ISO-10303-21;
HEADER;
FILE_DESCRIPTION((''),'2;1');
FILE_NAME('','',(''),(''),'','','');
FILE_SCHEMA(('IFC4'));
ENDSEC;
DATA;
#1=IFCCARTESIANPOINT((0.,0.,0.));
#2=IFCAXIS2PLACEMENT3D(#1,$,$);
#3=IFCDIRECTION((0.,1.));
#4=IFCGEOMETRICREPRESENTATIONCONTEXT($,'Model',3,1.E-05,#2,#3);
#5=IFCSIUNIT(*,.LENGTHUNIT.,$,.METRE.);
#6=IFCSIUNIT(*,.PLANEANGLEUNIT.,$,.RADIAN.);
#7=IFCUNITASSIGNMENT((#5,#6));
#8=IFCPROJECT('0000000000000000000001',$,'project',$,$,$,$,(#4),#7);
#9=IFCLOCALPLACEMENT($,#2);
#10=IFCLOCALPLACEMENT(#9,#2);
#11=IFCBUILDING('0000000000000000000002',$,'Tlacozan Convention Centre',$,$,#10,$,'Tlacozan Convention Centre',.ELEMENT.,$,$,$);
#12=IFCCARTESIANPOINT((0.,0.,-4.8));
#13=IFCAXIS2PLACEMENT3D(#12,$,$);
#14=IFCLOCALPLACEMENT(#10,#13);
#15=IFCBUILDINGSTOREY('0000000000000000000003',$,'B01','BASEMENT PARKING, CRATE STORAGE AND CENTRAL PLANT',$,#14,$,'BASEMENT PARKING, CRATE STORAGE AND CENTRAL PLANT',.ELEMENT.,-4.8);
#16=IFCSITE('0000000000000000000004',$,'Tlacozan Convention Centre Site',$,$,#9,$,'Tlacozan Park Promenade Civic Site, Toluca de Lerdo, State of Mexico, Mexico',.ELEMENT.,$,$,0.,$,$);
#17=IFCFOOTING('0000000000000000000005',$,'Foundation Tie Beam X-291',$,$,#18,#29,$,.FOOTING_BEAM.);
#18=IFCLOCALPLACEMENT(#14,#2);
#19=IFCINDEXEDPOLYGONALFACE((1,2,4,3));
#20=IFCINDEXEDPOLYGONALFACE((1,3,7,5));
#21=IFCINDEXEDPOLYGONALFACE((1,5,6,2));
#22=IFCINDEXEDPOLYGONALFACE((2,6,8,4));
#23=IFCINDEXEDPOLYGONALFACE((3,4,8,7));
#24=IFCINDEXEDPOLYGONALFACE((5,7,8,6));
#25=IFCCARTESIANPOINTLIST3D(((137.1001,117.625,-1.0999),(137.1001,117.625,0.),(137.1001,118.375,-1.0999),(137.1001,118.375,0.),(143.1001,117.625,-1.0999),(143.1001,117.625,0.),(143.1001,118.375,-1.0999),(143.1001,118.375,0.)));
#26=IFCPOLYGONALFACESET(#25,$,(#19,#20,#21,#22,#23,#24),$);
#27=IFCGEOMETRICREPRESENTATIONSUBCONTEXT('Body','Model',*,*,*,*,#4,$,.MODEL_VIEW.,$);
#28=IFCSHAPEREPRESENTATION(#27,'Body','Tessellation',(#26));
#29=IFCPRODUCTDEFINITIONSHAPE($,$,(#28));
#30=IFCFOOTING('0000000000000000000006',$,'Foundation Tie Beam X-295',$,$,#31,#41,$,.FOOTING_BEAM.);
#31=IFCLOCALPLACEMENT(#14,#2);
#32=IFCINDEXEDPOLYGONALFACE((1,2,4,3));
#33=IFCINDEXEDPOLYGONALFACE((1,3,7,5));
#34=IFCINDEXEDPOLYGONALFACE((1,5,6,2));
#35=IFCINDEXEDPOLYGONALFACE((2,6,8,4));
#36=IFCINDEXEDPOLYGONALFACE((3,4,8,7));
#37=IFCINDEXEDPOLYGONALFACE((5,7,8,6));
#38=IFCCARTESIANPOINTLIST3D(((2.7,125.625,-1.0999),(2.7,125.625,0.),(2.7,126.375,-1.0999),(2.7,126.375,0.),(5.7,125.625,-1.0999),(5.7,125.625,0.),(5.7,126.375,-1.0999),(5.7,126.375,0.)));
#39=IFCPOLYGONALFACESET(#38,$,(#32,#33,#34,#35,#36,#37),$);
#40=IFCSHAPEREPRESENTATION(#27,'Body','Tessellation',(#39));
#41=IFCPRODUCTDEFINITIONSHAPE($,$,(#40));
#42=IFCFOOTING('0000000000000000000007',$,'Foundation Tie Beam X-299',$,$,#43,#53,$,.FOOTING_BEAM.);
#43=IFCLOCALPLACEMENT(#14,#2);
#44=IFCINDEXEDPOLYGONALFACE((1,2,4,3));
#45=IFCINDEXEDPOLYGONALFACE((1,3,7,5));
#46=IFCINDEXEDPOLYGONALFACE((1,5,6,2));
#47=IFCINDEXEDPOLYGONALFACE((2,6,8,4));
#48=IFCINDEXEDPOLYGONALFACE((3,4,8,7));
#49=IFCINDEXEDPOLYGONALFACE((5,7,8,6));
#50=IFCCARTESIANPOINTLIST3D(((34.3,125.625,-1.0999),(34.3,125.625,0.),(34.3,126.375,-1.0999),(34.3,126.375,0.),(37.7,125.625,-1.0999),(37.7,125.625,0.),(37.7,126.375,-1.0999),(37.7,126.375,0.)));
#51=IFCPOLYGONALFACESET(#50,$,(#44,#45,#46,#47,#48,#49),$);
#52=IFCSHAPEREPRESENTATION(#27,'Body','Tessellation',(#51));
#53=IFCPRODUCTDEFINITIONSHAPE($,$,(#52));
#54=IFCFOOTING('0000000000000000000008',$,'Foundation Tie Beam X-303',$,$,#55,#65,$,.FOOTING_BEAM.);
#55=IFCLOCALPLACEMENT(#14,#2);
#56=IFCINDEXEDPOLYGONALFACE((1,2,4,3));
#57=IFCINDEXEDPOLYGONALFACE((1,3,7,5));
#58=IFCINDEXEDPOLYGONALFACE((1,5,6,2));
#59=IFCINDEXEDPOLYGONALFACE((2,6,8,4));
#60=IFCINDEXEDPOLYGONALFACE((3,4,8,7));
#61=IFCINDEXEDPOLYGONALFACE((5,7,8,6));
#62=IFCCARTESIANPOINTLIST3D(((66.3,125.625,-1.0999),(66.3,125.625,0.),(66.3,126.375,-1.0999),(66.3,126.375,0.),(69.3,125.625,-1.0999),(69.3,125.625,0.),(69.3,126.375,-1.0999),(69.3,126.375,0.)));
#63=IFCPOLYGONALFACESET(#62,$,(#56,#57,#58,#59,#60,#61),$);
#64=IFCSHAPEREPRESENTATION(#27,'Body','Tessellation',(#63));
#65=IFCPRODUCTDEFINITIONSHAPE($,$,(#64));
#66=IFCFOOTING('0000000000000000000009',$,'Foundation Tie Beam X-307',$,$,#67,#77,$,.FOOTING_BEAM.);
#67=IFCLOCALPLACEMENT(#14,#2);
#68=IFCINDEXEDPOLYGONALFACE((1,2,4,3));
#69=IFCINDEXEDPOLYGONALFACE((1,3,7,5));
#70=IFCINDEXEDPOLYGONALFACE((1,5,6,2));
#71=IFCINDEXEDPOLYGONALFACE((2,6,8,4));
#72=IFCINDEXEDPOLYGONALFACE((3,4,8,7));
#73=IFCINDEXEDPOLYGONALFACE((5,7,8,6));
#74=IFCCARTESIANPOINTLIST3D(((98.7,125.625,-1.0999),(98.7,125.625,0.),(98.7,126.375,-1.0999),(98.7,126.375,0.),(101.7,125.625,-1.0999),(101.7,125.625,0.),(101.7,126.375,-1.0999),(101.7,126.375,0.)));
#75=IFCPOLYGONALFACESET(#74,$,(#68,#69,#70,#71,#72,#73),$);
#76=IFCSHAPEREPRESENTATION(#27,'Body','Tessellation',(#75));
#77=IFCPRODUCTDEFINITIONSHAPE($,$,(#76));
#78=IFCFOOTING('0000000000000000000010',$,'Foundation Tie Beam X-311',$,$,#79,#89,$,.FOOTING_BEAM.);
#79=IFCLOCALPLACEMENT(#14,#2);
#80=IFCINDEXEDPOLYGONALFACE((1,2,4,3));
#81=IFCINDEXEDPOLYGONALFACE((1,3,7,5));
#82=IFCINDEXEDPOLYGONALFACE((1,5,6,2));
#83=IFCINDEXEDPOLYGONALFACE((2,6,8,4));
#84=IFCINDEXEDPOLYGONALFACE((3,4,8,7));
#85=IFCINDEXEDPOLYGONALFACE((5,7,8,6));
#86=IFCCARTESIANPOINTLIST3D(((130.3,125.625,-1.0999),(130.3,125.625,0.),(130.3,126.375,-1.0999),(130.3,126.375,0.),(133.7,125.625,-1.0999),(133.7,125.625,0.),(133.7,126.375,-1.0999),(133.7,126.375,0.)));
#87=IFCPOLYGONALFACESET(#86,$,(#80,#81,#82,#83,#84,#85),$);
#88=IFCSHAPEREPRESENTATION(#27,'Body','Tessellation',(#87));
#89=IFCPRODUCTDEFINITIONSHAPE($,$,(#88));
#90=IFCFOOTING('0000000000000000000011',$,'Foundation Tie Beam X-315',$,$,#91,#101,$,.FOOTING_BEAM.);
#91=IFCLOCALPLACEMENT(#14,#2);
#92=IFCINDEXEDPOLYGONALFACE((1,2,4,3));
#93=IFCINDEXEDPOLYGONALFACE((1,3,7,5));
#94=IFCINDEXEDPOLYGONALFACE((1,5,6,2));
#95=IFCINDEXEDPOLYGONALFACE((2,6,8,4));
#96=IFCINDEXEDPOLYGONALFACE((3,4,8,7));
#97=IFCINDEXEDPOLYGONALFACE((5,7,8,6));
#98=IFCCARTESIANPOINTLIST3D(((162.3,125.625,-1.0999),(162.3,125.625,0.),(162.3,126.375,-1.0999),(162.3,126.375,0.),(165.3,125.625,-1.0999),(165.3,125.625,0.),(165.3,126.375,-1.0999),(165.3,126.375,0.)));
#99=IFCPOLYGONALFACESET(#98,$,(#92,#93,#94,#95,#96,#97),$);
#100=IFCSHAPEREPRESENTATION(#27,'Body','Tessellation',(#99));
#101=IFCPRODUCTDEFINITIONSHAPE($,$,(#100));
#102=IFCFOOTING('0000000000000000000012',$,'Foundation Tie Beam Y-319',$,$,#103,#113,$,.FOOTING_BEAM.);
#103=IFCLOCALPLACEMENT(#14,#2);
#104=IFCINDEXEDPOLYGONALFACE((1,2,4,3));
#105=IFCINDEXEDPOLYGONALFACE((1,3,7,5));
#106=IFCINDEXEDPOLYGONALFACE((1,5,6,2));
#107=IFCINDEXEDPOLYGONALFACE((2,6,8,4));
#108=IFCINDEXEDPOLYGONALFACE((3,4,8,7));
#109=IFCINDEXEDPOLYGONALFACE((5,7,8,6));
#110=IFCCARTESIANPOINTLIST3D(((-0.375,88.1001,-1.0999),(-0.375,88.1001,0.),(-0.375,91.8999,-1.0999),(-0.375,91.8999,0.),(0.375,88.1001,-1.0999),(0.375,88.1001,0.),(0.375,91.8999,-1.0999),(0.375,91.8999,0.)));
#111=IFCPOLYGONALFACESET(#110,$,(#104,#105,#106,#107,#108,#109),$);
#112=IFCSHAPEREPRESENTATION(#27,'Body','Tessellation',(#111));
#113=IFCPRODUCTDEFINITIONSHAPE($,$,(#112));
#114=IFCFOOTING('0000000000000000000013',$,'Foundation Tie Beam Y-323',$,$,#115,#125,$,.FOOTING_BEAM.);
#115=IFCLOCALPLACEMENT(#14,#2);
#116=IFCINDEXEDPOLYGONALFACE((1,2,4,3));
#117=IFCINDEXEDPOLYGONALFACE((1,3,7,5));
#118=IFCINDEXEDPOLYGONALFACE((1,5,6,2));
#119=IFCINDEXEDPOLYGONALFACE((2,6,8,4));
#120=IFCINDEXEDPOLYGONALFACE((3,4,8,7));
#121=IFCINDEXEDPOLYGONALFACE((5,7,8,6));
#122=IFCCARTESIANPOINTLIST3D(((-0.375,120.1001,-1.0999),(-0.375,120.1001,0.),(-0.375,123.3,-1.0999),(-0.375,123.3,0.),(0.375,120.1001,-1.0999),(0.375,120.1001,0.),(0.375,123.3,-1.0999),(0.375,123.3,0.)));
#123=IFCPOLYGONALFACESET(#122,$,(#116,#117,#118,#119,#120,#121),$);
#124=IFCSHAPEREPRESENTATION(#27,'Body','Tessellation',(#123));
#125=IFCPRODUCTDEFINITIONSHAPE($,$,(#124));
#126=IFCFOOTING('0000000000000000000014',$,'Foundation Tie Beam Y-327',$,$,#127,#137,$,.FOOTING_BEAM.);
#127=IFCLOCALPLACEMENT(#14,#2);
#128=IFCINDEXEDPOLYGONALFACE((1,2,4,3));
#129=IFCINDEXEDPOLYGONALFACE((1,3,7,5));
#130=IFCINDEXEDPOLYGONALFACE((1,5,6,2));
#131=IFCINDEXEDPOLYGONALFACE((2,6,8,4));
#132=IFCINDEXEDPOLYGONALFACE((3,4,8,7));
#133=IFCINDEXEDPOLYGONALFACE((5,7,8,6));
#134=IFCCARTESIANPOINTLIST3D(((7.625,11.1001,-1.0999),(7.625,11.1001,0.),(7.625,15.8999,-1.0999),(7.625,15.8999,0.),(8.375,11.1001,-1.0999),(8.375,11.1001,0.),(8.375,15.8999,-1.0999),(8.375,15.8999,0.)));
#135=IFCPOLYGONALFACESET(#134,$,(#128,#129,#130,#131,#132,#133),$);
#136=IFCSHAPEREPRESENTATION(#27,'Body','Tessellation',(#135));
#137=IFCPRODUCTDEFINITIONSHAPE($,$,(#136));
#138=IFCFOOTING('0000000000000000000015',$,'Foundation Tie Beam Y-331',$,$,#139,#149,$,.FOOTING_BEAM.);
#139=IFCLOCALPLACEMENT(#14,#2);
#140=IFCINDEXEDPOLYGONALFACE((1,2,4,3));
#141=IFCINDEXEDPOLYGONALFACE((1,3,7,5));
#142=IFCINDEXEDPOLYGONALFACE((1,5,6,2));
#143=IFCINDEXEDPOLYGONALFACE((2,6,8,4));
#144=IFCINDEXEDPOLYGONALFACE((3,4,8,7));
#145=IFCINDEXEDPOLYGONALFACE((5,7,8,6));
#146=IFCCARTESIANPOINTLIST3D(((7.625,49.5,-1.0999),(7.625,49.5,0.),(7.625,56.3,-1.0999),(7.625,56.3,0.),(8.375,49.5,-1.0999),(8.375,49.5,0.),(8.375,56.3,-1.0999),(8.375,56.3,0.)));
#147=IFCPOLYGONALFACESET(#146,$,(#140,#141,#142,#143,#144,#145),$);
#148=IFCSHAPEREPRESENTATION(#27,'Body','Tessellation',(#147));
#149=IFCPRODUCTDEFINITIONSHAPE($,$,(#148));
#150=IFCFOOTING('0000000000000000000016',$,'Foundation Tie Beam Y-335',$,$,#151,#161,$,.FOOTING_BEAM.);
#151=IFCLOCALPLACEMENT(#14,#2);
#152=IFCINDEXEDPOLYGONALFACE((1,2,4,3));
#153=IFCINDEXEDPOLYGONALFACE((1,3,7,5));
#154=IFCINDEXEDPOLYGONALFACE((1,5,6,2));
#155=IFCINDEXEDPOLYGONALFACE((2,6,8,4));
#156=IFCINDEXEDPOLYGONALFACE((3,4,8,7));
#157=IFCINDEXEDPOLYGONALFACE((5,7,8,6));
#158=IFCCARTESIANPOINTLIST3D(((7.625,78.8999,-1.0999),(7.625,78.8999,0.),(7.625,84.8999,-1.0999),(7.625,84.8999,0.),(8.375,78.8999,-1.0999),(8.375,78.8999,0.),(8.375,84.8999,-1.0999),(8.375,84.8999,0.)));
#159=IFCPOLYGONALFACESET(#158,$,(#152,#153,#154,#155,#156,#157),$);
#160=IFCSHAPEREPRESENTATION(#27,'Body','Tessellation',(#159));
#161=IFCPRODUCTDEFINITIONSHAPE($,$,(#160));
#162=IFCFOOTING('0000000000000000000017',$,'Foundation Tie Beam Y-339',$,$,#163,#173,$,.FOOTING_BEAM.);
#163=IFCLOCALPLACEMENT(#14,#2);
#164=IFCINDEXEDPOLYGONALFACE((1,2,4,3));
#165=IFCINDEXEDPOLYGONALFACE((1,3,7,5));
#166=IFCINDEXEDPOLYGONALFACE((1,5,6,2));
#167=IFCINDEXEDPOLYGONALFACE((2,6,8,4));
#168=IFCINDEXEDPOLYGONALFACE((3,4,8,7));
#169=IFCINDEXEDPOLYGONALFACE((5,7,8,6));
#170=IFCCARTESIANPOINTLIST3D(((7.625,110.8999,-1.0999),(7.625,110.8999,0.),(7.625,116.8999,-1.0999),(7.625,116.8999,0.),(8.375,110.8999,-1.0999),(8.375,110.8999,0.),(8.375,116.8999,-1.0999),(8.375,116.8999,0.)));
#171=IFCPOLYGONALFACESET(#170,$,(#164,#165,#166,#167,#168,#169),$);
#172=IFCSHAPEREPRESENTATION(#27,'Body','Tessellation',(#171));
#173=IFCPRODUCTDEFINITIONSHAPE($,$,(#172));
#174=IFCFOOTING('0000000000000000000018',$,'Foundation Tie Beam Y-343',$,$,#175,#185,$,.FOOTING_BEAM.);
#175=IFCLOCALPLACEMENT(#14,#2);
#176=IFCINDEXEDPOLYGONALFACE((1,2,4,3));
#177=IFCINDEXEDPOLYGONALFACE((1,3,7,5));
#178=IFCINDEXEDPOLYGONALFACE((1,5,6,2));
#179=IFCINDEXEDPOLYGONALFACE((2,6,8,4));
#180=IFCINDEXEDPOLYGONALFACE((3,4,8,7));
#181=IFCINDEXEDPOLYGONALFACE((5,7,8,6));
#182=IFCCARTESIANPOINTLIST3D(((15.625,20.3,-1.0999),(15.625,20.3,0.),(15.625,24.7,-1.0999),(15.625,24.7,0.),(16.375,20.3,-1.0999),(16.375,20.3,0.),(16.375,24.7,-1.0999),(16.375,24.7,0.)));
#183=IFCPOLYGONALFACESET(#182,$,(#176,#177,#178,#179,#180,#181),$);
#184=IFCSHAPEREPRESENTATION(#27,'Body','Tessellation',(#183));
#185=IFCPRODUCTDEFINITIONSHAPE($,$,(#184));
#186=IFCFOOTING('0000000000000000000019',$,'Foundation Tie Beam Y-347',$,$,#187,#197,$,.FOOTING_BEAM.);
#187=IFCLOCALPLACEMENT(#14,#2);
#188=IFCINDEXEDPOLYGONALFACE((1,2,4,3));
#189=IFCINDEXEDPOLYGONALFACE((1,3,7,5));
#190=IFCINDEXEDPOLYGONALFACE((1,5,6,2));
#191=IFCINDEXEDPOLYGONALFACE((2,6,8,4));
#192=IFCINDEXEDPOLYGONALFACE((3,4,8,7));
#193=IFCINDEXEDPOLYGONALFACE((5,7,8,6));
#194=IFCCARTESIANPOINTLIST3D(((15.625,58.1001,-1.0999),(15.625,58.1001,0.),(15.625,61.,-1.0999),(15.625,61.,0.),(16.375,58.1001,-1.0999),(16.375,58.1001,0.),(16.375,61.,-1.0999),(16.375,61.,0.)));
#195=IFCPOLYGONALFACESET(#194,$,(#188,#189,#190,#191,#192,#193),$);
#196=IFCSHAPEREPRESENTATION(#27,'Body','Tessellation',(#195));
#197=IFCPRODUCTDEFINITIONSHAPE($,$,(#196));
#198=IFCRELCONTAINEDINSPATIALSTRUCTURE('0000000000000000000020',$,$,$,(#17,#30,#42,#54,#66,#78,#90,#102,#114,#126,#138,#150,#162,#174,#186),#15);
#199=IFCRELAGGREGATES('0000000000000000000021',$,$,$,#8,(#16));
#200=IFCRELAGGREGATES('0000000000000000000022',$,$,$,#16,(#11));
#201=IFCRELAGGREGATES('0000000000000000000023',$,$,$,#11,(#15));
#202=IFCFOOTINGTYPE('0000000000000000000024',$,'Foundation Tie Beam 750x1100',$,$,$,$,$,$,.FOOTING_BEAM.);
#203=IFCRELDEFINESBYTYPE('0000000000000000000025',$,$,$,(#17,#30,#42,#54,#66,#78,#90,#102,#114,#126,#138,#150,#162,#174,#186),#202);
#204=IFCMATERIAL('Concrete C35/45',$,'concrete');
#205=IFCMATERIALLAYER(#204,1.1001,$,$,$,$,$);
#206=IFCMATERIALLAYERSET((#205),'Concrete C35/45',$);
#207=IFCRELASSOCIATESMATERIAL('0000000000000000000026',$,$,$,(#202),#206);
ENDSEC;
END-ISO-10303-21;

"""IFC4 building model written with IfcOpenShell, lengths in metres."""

from ifc_helpers import new_model, si_unit, direction, frame, origin, place, context, subcontext, project, spatial, polyline, outline, extrude, material, layer, layer_set, type_object, element, save


model = new_model("IFC4")

# Units and contexts
model_context = context("Model", 3, precision=1e-05, world=origin(), true_north=direction((0.0, 1.0)))
body_context = subcontext(model_context, "Body", "Model", "MODEL_VIEW")
ifc_project = project(units=[si_unit("LENGTHUNIT", "METRE"), si_unit("PLANEANGLEUNIT", "RADIAN")], contexts=[model_context])

# Site, building, storey
site_placement = place(None, origin())
site = spatial("IfcSite", under=ifc_project, at=site_placement, Name="Tlacozan Convention Centre Site", LongName="Tlacozan Park Promenade Civic Site, Toluca de Lerdo, State of Mexico, Mexico", CompositionType="ELEMENT", RefElevation=0.0)
building_placement = place(site_placement, origin())
building = spatial("IfcBuilding", under=site, at=building_placement, Name="Tlacozan Convention Centre", LongName="Tlacozan Convention Centre", CompositionType="ELEMENT")
storey_placement = place(building_placement, frame((0.0, 0.0, -4.8)))
storey = spatial("IfcBuildingStorey", under=building, at=storey_placement, Name="B01", Description="BASEMENT PARKING, CRATE STORAGE AND CENTRAL PLANT", LongName="BASEMENT PARKING, CRATE STORAGE AND CENTRAL PLANT", CompositionType="ELEMENT", Elevation=-4.8)

# Footings
ifc_material = material(Name="Concrete C35/45", Category="concrete")
ifc_layer = layer(ifc_material, 1.1001)
ifc_layer_set = layer_set([ifc_layer], Name="Concrete C35/45")
footing_type = type_object("IfcFootingType", Name="Foundation Tie Beam 750x1100", PredefinedType="FOOTING_BEAM", material=ifc_layer_set)
footing_1_placement = place(storey_placement, frame((0.0, 0.0, -1.0999)))
element("IfcFooting", 1, at=footing_1_placement, inside=storey, type_object=footing_type, Name="Foundation Tie Beam X-291", PredefinedType="FOOTING_BEAM", context=body_context, shape_type="SweptSolid", body=[
    extrude(outline(polyline([(137.1001, 117.625), (143.1001, 117.625), (143.1001, 118.375), (137.1001, 118.375), (137.1001, 117.625)])), origin(), (0.0, 0.0, 1.0), 1.0999),
])
footing_2_placement = place(storey_placement, frame((0.0, 0.0, -1.0999)))
element("IfcFooting", 2, at=footing_2_placement, inside=storey, type_object=footing_type, Name="Foundation Tie Beam X-295", PredefinedType="FOOTING_BEAM", context=body_context, shape_type="SweptSolid", body=[
    extrude(outline(polyline([(2.7, 125.625), (5.7, 125.625), (5.7, 126.375), (2.7, 126.375), (2.7, 125.625)])), origin(), (0.0, 0.0, 1.0), 1.0999),
])
footing_3_placement = place(storey_placement, frame((0.0, 0.0, -1.0999)))
element("IfcFooting", 3, at=footing_3_placement, inside=storey, type_object=footing_type, Name="Foundation Tie Beam X-299", PredefinedType="FOOTING_BEAM", context=body_context, shape_type="SweptSolid", body=[
    extrude(outline(polyline([(34.3, 125.625), (37.7, 125.625), (37.7, 126.375), (34.3, 126.375), (34.3, 125.625)])), origin(), (0.0, 0.0, 1.0), 1.0999),
])
footing_4_placement = place(storey_placement, frame((0.0, 0.0, -1.0999)))
element("IfcFooting", 4, at=footing_4_placement, inside=storey, type_object=footing_type, Name="Foundation Tie Beam X-303", PredefinedType="FOOTING_BEAM", context=body_context, shape_type="SweptSolid", body=[
    extrude(outline(polyline([(66.3, 125.625), (69.3, 125.625), (69.3, 126.375), (66.3, 126.375), (66.3, 125.625)])), origin(), (0.0, 0.0, 1.0), 1.0999),
])
footing_5_placement = place(storey_placement, frame((0.0, 0.0, -1.0999)))
element("IfcFooting", 5, at=footing_5_placement, inside=storey, type_object=footing_type, Name="Foundation Tie Beam X-307", PredefinedType="FOOTING_BEAM", context=body_context, shape_type="SweptSolid", body=[
    extrude(outline(polyline([(98.7, 125.625), (101.7, 125.625), (101.7, 126.375), (98.7, 126.375), (98.7, 125.625)])), origin(), (0.0, 0.0, 1.0), 1.0999),
])
footing_6_placement = place(storey_placement, frame((0.0, 0.0, -1.0999)))
element("IfcFooting", 6, at=footing_6_placement, inside=storey, type_object=footing_type, Name="Foundation Tie Beam X-311", PredefinedType="FOOTING_BEAM", context=body_context, shape_type="SweptSolid", body=[
    extrude(outline(polyline([(130.3, 125.625), (133.7, 125.625), (133.7, 126.375), (130.3, 126.375), (130.3, 125.625)])), origin(), (0.0, 0.0, 1.0), 1.0999),
])
footing_7_placement = place(storey_placement, frame((0.0, 0.0, -1.0999)))
element("IfcFooting", 7, at=footing_7_placement, inside=storey, type_object=footing_type, Name="Foundation Tie Beam X-315", PredefinedType="FOOTING_BEAM", context=body_context, shape_type="SweptSolid", body=[
    extrude(outline(polyline([(162.3, 125.625), (165.3, 125.625), (165.3, 126.375), (162.3, 126.375), (162.3, 125.625)])), origin(), (0.0, 0.0, 1.0), 1.0999),
])
footing_8_placement = place(storey_placement, frame((0.0, 0.0, -1.0999)))
element("IfcFooting", 8, at=footing_8_placement, inside=storey, type_object=footing_type, Name="Foundation Tie Beam Y-319", PredefinedType="FOOTING_BEAM", context=body_context, shape_type="SweptSolid", body=[
    extrude(outline(polyline([(-0.375, 88.1001), (0.375, 88.1001), (0.375, 91.8999), (-0.375, 91.8999), (-0.375, 88.1001)])), origin(), (0.0, 0.0, 1.0), 1.0999),
])
footing_9_placement = place(storey_placement, frame((0.0, 0.0, -1.0999)))
element("IfcFooting", 9, at=footing_9_placement, inside=storey, type_object=footing_type, Name="Foundation Tie Beam Y-323", PredefinedType="FOOTING_BEAM", context=body_context, shape_type="SweptSolid", body=[
    extrude(outline(polyline([(-0.375, 120.1001), (0.375, 120.1001), (0.375, 123.3), (-0.375, 123.3), (-0.375, 120.1001)])), origin(), (0.0, 0.0, 1.0), 1.0999),
])
footing_10_placement = place(storey_placement, frame((0.0, 0.0, -1.0999)))
element("IfcFooting", 10, at=footing_10_placement, inside=storey, type_object=footing_type, Name="Foundation Tie Beam Y-327", PredefinedType="FOOTING_BEAM", context=body_context, shape_type="SweptSolid", body=[
    extrude(outline(polyline([(7.625, 11.1001), (8.375, 11.1001), (8.375, 15.8999), (7.625, 15.8999), (7.625, 11.1001)])), origin(), (0.0, 0.0, 1.0), 1.0999),
])
footing_11_placement = place(storey_placement, frame((0.0, 0.0, -1.0999)))
element("IfcFooting", 11, at=footing_11_placement, inside=storey, type_object=footing_type, Name="Foundation Tie Beam Y-331", PredefinedType="FOOTING_BEAM", context=body_context, shape_type="SweptSolid", body=[
    extrude(outline(polyline([(7.625, 49.5), (8.375, 49.5), (8.375, 56.3), (7.625, 56.3), (7.625, 49.5)])), origin(), (0.0, 0.0, 1.0), 1.0999),
])
footing_12_placement = place(storey_placement, frame((0.0, 0.0, -1.0999)))
element("IfcFooting", 12, at=footing_12_placement, inside=storey, type_object=footing_type, Name="Foundation Tie Beam Y-335", PredefinedType="FOOTING_BEAM", context=body_context, shape_type="SweptSolid", body=[
    extrude(outline(polyline([(7.625, 78.8999), (8.375, 78.8999), (8.375, 84.8999), (7.625, 84.8999), (7.625, 78.8999)])), origin(), (0.0, 0.0, 1.0), 1.0999),
])
footing_13_placement = place(storey_placement, frame((0.0, 0.0, -1.0999)))
element("IfcFooting", 13, at=footing_13_placement, inside=storey, type_object=footing_type, Name="Foundation Tie Beam Y-339", PredefinedType="FOOTING_BEAM", context=body_context, shape_type="SweptSolid", body=[
    extrude(outline(polyline([(7.625, 110.8999), (8.375, 110.8999), (8.375, 116.8999), (7.625, 116.8999), (7.625, 110.8999)])), origin(), (0.0, 0.0, 1.0), 1.0999),
])
footing_14_placement = place(storey_placement, frame((0.0, 0.0, -1.0999)))
element("IfcFooting", 14, at=footing_14_placement, inside=storey, type_object=footing_type, Name="Foundation Tie Beam Y-343", PredefinedType="FOOTING_BEAM", context=body_context, shape_type="SweptSolid", body=[
    extrude(outline(polyline([(15.625, 20.3), (16.375, 20.3), (16.375, 24.7), (15.625, 24.7), (15.625, 20.3)])), origin(), (0.0, 0.0, 1.0), 1.0999),
])
footing_15_placement = place(storey_placement, frame((0.0, 0.0, -1.0999)))
element("IfcFooting", 15, at=footing_15_placement, inside=storey, type_object=footing_type, Name="Foundation Tie Beam Y-347", PredefinedType="FOOTING_BEAM", context=body_context, shape_type="SweptSolid", body=[
    extrude(outline(polyline([(15.625, 58.1001), (16.375, 58.1001), (16.375, 61.0), (15.625, 61.0), (15.625, 58.1001)])), origin(), (0.0, 0.0, 1.0), 1.0999),
])

save(model, "model.ifc")
